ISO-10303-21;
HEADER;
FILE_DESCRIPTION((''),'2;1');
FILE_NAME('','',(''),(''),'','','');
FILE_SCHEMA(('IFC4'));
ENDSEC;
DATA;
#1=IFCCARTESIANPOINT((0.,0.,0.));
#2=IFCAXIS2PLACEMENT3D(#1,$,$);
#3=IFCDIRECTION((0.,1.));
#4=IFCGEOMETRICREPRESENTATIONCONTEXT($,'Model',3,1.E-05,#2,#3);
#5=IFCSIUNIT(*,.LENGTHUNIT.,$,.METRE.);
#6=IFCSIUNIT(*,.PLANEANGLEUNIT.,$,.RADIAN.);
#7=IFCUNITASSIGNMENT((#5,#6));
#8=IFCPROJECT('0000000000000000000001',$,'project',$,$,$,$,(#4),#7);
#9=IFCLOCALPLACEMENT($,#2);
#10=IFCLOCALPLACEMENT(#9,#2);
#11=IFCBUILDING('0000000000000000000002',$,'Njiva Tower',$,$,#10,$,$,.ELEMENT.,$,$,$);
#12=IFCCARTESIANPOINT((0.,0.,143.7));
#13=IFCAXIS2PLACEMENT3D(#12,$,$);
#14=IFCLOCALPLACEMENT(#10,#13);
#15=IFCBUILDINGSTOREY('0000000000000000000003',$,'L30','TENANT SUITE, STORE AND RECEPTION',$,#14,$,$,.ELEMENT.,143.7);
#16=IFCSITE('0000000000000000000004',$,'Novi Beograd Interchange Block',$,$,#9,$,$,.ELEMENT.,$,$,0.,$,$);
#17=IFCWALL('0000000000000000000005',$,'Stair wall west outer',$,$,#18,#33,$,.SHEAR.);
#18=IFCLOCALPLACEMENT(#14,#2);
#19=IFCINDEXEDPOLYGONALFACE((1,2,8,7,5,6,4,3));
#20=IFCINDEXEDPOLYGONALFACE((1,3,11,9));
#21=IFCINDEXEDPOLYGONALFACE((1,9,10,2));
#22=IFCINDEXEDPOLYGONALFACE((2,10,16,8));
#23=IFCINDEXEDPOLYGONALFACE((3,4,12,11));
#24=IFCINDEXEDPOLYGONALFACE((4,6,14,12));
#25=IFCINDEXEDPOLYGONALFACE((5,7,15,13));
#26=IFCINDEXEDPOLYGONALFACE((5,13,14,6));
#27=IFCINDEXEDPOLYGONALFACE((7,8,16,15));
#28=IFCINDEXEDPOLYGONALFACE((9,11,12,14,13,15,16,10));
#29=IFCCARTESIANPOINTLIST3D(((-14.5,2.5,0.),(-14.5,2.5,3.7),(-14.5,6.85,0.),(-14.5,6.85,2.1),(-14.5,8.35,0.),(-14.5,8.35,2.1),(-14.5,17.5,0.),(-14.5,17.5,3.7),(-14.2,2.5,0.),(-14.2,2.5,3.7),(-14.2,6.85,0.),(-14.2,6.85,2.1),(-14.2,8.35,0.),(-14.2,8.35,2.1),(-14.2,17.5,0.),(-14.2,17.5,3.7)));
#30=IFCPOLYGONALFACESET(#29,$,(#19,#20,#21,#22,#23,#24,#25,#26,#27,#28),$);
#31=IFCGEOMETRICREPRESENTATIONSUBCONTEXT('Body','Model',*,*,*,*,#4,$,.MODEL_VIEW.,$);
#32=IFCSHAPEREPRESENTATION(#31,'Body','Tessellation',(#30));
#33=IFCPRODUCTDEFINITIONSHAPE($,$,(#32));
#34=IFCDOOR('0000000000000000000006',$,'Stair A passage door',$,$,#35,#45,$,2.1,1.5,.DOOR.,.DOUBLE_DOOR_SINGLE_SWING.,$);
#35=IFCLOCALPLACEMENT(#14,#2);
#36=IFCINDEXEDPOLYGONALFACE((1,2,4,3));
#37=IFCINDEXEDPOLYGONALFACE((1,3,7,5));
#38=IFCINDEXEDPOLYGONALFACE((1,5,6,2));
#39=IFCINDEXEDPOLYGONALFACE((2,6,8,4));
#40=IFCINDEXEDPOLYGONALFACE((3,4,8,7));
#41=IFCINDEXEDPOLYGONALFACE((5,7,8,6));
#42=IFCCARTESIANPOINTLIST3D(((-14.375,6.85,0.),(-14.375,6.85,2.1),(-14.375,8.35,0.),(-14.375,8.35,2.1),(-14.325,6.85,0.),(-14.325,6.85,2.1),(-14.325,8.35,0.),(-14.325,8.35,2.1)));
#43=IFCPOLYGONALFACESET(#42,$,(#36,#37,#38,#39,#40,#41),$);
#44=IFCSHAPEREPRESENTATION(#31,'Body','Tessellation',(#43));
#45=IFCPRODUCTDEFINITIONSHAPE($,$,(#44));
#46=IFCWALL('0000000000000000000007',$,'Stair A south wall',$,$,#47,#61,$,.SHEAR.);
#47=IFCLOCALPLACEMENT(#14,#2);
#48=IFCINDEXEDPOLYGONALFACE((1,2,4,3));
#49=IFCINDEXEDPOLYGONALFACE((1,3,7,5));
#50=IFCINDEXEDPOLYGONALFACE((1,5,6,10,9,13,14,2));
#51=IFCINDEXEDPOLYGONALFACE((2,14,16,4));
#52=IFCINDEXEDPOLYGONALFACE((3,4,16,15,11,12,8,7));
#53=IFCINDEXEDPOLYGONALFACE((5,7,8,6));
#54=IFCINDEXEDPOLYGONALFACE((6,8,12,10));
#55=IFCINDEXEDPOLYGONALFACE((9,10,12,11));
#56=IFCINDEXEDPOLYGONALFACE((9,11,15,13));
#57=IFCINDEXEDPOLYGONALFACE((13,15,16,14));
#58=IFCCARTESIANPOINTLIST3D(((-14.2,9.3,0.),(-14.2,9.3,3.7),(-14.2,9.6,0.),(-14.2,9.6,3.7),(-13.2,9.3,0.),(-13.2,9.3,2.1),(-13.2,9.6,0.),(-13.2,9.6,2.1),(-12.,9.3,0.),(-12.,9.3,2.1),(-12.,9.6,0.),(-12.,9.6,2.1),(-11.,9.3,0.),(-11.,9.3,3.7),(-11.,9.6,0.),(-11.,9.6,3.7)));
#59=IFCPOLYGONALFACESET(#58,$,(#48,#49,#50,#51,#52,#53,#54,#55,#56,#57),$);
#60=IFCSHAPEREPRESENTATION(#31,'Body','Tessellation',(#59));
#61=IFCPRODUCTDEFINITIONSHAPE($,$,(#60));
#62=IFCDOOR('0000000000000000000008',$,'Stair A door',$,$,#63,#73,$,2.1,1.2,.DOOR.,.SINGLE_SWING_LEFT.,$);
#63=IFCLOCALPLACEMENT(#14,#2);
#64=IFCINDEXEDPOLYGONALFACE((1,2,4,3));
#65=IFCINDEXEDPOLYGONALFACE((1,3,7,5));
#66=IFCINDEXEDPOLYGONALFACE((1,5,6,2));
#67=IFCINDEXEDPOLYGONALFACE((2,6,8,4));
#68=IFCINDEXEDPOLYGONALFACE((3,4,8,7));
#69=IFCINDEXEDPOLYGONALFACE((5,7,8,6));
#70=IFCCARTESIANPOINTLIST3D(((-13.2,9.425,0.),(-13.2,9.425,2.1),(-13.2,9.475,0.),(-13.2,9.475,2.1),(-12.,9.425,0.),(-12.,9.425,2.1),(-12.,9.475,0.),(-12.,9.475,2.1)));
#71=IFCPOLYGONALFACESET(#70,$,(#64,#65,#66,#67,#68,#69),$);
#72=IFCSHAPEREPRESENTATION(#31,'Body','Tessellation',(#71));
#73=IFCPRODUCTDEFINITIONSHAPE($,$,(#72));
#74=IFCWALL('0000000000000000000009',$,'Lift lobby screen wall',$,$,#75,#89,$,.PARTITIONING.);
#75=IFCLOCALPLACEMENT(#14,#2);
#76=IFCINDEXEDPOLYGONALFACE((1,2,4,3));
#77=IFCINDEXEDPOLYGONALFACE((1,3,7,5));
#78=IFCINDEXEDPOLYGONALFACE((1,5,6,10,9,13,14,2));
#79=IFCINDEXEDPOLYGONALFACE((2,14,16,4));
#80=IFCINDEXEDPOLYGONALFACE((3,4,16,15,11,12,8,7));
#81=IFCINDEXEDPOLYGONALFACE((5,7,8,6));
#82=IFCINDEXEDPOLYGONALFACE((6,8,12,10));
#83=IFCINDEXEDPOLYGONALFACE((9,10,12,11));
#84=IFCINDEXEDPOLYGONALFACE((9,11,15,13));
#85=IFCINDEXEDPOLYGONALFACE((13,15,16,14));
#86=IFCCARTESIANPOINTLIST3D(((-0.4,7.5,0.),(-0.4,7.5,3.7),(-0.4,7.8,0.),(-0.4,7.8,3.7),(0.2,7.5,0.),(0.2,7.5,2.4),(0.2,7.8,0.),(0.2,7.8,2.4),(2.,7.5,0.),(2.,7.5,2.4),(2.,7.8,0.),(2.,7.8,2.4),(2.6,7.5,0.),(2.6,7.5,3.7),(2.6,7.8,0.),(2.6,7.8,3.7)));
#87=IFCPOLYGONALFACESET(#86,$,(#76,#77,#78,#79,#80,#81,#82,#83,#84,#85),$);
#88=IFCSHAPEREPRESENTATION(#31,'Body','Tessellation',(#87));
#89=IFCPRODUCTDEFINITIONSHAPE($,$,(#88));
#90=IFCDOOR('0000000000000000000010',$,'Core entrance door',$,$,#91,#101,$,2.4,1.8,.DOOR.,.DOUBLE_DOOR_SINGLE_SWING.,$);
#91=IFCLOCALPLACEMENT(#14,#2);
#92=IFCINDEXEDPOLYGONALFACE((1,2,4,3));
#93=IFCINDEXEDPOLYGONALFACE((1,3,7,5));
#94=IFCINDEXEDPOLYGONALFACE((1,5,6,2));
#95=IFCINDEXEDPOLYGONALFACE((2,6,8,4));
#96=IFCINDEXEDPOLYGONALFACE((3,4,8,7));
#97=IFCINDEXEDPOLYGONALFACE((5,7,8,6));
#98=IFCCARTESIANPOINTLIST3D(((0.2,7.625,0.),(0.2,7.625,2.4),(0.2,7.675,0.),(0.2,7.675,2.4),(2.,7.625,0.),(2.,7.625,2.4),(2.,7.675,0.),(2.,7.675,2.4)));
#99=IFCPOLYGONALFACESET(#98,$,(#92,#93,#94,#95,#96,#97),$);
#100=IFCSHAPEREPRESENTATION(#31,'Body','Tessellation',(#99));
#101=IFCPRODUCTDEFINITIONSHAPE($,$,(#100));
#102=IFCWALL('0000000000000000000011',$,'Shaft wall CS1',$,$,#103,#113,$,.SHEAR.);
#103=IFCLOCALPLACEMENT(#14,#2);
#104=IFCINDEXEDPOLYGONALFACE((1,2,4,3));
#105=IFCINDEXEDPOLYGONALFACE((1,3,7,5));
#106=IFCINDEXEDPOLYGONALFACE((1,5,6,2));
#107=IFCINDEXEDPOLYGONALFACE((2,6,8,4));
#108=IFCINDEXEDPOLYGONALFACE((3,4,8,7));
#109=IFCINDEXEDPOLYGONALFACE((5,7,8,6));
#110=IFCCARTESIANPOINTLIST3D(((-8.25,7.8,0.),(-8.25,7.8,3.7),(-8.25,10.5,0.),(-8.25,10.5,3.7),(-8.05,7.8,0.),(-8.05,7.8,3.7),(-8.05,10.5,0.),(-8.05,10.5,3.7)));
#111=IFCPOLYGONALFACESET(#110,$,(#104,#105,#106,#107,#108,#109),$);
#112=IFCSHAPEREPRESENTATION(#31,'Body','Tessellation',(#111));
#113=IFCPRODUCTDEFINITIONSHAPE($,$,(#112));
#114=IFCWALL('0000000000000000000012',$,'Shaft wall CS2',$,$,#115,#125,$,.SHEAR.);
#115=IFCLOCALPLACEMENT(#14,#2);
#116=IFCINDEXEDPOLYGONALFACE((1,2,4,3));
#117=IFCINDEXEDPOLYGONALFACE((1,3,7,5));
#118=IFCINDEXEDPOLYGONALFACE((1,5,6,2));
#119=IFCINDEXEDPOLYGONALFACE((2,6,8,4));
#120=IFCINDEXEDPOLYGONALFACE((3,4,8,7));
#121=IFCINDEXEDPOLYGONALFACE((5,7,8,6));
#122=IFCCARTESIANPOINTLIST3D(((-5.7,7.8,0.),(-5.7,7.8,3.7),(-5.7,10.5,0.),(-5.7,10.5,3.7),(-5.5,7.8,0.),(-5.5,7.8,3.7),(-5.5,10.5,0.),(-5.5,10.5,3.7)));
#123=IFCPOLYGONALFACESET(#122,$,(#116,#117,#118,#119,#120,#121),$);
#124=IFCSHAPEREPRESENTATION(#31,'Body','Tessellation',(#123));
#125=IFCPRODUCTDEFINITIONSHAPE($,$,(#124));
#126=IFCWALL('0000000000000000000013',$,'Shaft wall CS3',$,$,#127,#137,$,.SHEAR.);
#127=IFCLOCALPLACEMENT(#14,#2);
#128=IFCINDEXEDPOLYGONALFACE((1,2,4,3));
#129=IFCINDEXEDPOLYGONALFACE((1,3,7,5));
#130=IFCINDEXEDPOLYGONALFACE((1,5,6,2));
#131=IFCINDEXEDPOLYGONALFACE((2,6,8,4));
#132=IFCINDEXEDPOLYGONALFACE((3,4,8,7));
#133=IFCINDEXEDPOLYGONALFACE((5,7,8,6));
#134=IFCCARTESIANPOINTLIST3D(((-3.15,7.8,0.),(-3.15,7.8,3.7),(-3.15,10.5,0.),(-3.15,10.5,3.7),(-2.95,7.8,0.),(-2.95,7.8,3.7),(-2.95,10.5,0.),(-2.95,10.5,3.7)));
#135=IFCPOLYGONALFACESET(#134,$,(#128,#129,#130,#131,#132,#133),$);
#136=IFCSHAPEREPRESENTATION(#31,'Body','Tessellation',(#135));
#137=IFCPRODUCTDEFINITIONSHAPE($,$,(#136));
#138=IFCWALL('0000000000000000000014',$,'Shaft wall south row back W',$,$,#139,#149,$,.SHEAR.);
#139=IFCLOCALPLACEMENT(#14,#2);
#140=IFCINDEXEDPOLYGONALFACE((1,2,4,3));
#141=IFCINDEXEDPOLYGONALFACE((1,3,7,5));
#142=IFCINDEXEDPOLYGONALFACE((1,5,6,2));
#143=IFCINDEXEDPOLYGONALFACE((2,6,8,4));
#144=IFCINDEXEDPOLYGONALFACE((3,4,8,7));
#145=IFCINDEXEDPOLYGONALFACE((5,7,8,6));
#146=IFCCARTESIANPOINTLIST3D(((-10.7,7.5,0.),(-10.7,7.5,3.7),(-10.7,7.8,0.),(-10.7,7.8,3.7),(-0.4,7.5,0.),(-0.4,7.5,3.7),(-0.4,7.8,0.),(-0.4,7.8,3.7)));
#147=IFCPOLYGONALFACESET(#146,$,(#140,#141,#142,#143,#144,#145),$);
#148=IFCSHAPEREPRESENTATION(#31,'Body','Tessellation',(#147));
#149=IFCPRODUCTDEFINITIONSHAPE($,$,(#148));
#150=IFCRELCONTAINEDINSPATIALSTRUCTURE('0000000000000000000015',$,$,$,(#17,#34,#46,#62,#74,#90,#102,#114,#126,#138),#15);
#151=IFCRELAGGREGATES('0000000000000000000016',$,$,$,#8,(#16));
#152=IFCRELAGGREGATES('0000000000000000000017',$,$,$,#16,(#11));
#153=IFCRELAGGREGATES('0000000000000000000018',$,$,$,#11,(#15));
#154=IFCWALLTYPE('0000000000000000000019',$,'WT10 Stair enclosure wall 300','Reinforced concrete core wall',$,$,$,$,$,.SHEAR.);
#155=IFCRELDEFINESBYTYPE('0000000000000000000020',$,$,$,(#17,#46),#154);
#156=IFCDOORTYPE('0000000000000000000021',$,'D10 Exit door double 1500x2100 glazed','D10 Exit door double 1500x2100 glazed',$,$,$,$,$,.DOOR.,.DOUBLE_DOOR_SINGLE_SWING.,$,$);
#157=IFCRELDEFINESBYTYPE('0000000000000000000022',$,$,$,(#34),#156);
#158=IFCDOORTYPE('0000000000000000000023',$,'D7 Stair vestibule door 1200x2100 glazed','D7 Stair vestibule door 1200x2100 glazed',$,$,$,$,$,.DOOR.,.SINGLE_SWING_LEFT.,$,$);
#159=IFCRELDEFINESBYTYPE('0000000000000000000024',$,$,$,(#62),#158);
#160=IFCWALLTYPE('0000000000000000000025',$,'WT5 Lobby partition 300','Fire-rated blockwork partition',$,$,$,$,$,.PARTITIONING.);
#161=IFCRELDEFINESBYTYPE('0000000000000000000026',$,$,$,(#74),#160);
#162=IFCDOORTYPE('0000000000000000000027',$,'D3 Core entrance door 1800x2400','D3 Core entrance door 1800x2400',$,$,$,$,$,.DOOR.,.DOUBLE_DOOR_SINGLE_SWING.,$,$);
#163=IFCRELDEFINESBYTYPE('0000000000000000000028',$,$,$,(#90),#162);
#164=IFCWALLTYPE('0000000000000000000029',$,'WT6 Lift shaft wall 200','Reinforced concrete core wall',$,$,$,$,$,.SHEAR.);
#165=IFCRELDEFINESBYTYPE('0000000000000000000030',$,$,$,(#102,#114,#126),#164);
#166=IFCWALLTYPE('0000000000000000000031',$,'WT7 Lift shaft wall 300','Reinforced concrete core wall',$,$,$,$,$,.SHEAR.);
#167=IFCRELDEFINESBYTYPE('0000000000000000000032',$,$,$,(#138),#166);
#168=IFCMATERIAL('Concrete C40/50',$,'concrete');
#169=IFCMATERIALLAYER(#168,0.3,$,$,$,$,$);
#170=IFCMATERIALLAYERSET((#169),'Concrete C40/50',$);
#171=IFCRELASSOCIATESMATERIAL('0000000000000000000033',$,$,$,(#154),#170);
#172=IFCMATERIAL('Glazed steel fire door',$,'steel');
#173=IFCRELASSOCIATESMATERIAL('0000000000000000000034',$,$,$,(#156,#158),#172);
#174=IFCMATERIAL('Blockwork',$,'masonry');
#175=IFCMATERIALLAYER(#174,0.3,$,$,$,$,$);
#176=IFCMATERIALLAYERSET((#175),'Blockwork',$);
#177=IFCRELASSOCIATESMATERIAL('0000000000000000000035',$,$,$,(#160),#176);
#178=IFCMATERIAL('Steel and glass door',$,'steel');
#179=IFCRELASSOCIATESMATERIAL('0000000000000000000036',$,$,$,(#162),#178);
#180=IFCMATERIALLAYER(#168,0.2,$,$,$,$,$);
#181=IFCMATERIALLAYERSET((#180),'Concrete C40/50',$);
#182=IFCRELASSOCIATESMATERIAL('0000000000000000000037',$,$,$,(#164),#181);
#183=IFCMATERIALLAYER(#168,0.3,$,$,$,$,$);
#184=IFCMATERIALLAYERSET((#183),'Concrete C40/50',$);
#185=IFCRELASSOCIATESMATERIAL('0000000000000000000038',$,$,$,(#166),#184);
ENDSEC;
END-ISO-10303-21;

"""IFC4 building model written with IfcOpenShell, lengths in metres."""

from ifc_helpers import new_model, si_unit, direction, frame, frame_2d, origin, place, context, subcontext, project, spatial, rectangle, extrude, material, layer, layer_set, type_object, element, fill, save


model = new_model("IFC4")

# Units and contexts
model_context = context("Model", 3, precision=1e-05, world=origin(), true_north=direction((0.0, 1.0)))
body_context = subcontext(model_context, "Body", "Model", "MODEL_VIEW")
ifc_project = project(units=[si_unit("LENGTHUNIT", "METRE"), si_unit("PLANEANGLEUNIT", "RADIAN")], contexts=[model_context])

# Site, building, storey
site_placement = place(None, origin())
site = spatial("IfcSite", under=ifc_project, at=site_placement, Name="Novi Beograd Interchange Block", CompositionType="ELEMENT", RefElevation=0.0)
building_placement = place(site_placement, origin())
building = spatial("IfcBuilding", under=site, at=building_placement, Name="Njiva Tower", CompositionType="ELEMENT")
storey_placement = place(building_placement, frame((0.0, 0.0, 143.7)))
storey = spatial("IfcBuildingStorey", under=building, at=storey_placement, Name="L30", Description="TENANT SUITE, STORE AND RECEPTION", CompositionType="ELEMENT", Elevation=143.7)

# Shared definitions
ifc_material_1 = material(Name="Blockwork", Category="masonry")

# Shared definitions
ifc_material_2 = material(Name="Concrete C40/50", Category="concrete")
ifc_layer_1 = layer(ifc_material_2, 0.3)
ifc_layer_set_1 = layer_set([ifc_layer_1], Name="Concrete C40/50")
wall_type_1 = type_object("IfcWallType", Name="WT10 Stair enclosure wall 300", Description="Reinforced concrete core wall", PredefinedType="SHEAR", material=ifc_layer_set_1)
ifc_material_3 = material(Name="Glazed steel fire door", Category="steel")

# Walls, openings, doors
wall_1_placement = place(storey_placement, frame((-14.35, 2.5, 0.0), z_axis=(0.0, 0.0, 1.0), x_axis=(0.0, 1.0, 0.0)))
wall_1 = element("IfcWall", 1, at=wall_1_placement, inside=storey, type_object=wall_type_1, Name="Stair wall west outer", PredefinedType="SHEAR", context=body_context, shape_type="SweptSolid", body=[
    extrude(rectangle(XDim=15.0, YDim=0.3, at=frame_2d((7.5, 0.0))), origin(), (0.0, 0.0, 1.0), 3.7),
])
opening_1_placement = place(wall_1_placement, frame((4.35, 0.0, 0.0)))
opening_1 = element("IfcOpeningElement", 2, at=opening_1_placement, cuts=wall_1, PredefinedType="OPENING", context=body_context, shape_type="SweptSolid", body=[
    extrude(rectangle(XDim=1.5, YDim=2.1, at=frame_2d((0.75, 1.05))), frame((0.0, 0.16, 0.0), z_axis=(0.0, -1.0, 0.0), x_axis=(1.0, 0.0, 0.0)), (0.0, 0.0, 1.0), 0.32),
])
door_type_1 = type_object("IfcDoorType", Name="D10 Exit door double 1500x2100 glazed", Description="D10 Exit door double 1500x2100 glazed", OperationType="DOUBLE_DOOR_SINGLE_SWING", PredefinedType="DOOR", material=ifc_material_3)
door_1_placement = place(opening_1_placement, origin())
door_1 = element("IfcDoor", 3, at=door_1_placement, inside=storey, type_object=door_type_1, Name="Stair A passage door", OperationType="DOUBLE_DOOR_SINGLE_SWING", OverallHeight=2.1, OverallWidth=1.5, PredefinedType="DOOR", context=body_context, shape_type="SweptSolid", body=[
    extrude(rectangle(XDim=1.5, YDim=2.1, at=frame_2d((0.75, 1.05))), frame((0.0, 0.025, 0.0), z_axis=(0.0, -1.0, 0.0), x_axis=(1.0, 0.0, 0.0)), (0.0, 0.0, 1.0), 0.05),
])
fill(opening_1, door_1)
wall_2_placement = place(storey_placement, frame((-14.2, 9.45, 0.0), z_axis=(0.0, 0.0, 1.0), x_axis=(1.0, 0.0, 0.0)))
wall_2 = element("IfcWall", 4, at=wall_2_placement, inside=storey, type_object=wall_type_1, Name="Stair A south wall", PredefinedType="SHEAR", context=body_context, shape_type="SweptSolid", body=[
    extrude(rectangle(XDim=3.2, YDim=0.3, at=frame_2d((1.6, 0.0))), origin(), (0.0, 0.0, 1.0), 3.7),
])
opening_2_placement = place(wall_2_placement, frame((1.0, 0.0, 0.0)))
opening_2 = element("IfcOpeningElement", 5, at=opening_2_placement, cuts=wall_2, PredefinedType="OPENING", context=body_context, shape_type="SweptSolid", body=[
    extrude(rectangle(XDim=1.2, YDim=2.1, at=frame_2d((0.6, 1.05))), frame((0.0, 0.16, 0.0), z_axis=(0.0, -1.0, 0.0), x_axis=(1.0, 0.0, 0.0)), (0.0, 0.0, 1.0), 0.32),
])
door_type_2 = type_object("IfcDoorType", Name="D7 Stair vestibule door 1200x2100 glazed", Description="D7 Stair vestibule door 1200x2100 glazed", OperationType="SINGLE_SWING_LEFT", PredefinedType="DOOR", material=ifc_material_3)
door_2_placement = place(opening_2_placement, origin())
door_2 = element("IfcDoor", 6, at=door_2_placement, inside=storey, type_object=door_type_2, Name="Stair A door", OperationType="SINGLE_SWING_LEFT", OverallHeight=2.1, OverallWidth=1.2, PredefinedType="DOOR", context=body_context, shape_type="SweptSolid", body=[
    extrude(rectangle(XDim=1.2, YDim=2.1, at=frame_2d((0.6, 1.05))), frame((0.0, 0.025, 0.0), z_axis=(0.0, -1.0, 0.0), x_axis=(1.0, 0.0, 0.0)), (0.0, 0.0, 1.0), 0.05),
])
fill(opening_2, door_2)
ifc_layer_2 = layer(ifc_material_1, 0.3)
ifc_layer_set_2 = layer_set([ifc_layer_2], Name="Blockwork")
wall_type_2 = type_object("IfcWallType", Name="WT5 Lobby partition 300", Description="Fire-rated blockwork partition", PredefinedType="PARTITIONING", material=ifc_layer_set_2)
wall_3_placement = place(storey_placement, frame((-0.4, 7.65, 0.0), z_axis=(0.0, 0.0, 1.0), x_axis=(1.0, 0.0, 0.0)))
wall_3 = element("IfcWall", 7, at=wall_3_placement, inside=storey, type_object=wall_type_2, Name="Lift lobby screen wall", PredefinedType="PARTITIONING", context=body_context, shape_type="SweptSolid", body=[
    extrude(rectangle(XDim=3.0, YDim=0.3, at=frame_2d((1.5, 0.0))), origin(), (0.0, 0.0, 1.0), 3.7),
])
opening_3_placement = place(wall_3_placement, frame((0.6, 0.0, 0.0)))
opening_3 = element("IfcOpeningElement", 8, at=opening_3_placement, cuts=wall_3, PredefinedType="OPENING", context=body_context, shape_type="SweptSolid", body=[
    extrude(rectangle(XDim=1.8, YDim=2.4, at=frame_2d((0.9, 1.2))), frame((0.0, 0.16, 0.0), z_axis=(0.0, -1.0, 0.0), x_axis=(1.0, 0.0, 0.0)), (0.0, 0.0, 1.0), 0.32),
])
ifc_material_4 = material(Name="Steel and glass door", Category="steel")
door_type_3 = type_object("IfcDoorType", Name="D3 Core entrance door 1800x2400", Description="D3 Core entrance door 1800x2400", OperationType="DOUBLE_DOOR_SINGLE_SWING", PredefinedType="DOOR", material=ifc_material_4)
door_3_placement = place(opening_3_placement, origin())
door_3 = element("IfcDoor", 9, at=door_3_placement, inside=storey, type_object=door_type_3, Name="Core entrance door", OperationType="DOUBLE_DOOR_SINGLE_SWING", OverallHeight=2.4, OverallWidth=1.8, PredefinedType="DOOR", context=body_context, shape_type="SweptSolid", body=[
    extrude(rectangle(XDim=1.8, YDim=2.4, at=frame_2d((0.9, 1.2))), frame((0.0, 0.025, 0.0), z_axis=(0.0, -1.0, 0.0), x_axis=(1.0, 0.0, 0.0)), (0.0, 0.0, 1.0), 0.05),
])
fill(opening_3, door_3)

# Walls
ifc_layer_3 = layer(ifc_material_2, 0.2)
ifc_layer_set_3 = layer_set([ifc_layer_3], Name="Concrete C40/50")
wall_type_3 = type_object("IfcWallType", Name="WT6 Lift shaft wall 200", Description="Reinforced concrete core wall", PredefinedType="SHEAR", material=ifc_layer_set_3)
for number, where, z_axis, x_axis, name in (
    (10, (-8.15, 7.8, 0.0), (0.0, 0.0, 1.0), (0.0, 1.0, 0.0), "Shaft wall CS1"),
    (11, (-5.6, 7.8, 0.0), (0.0, 0.0, 1.0), (0.0, 1.0, 0.0), "Shaft wall CS2"),
    (12, (-3.05, 7.8, 0.0), (0.0, 0.0, 1.0), (0.0, 1.0, 0.0), "Shaft wall CS3"),
):
    element("IfcWall", number, at=place(storey_placement, frame(where, z_axis=z_axis, x_axis=x_axis)), inside=storey, type_object=wall_type_3, Name=name, PredefinedType="SHEAR", context=body_context, shape_type="SweptSolid", body=[
        extrude(rectangle(XDim=2.7, YDim=0.2, at=frame_2d((1.35, 0.0))), origin(), (0.0, 0.0, 1.0), 3.7),
    ])
ifc_layer_4 = layer(ifc_material_2, 0.3)
ifc_layer_set_4 = layer_set([ifc_layer_4], Name="Concrete C40/50")
wall_type_4 = type_object("IfcWallType", Name="WT7 Lift shaft wall 300", Description="Reinforced concrete core wall", PredefinedType="SHEAR", material=ifc_layer_set_4)
wall_4_placement = place(storey_placement, frame((-10.7, 7.65, 0.0), z_axis=(0.0, 0.0, 1.0), x_axis=(1.0, 0.0, 0.0)))
element("IfcWall", 13, at=wall_4_placement, inside=storey, type_object=wall_type_4, Name="Shaft wall south row back W", PredefinedType="SHEAR", context=body_context, shape_type="SweptSolid", body=[
    extrude(rectangle(XDim=10.3, YDim=0.3, at=frame_2d((5.15, 0.0))), origin(), (0.0, 0.0, 1.0), 3.7),
])

save(model, "model.ifc")
